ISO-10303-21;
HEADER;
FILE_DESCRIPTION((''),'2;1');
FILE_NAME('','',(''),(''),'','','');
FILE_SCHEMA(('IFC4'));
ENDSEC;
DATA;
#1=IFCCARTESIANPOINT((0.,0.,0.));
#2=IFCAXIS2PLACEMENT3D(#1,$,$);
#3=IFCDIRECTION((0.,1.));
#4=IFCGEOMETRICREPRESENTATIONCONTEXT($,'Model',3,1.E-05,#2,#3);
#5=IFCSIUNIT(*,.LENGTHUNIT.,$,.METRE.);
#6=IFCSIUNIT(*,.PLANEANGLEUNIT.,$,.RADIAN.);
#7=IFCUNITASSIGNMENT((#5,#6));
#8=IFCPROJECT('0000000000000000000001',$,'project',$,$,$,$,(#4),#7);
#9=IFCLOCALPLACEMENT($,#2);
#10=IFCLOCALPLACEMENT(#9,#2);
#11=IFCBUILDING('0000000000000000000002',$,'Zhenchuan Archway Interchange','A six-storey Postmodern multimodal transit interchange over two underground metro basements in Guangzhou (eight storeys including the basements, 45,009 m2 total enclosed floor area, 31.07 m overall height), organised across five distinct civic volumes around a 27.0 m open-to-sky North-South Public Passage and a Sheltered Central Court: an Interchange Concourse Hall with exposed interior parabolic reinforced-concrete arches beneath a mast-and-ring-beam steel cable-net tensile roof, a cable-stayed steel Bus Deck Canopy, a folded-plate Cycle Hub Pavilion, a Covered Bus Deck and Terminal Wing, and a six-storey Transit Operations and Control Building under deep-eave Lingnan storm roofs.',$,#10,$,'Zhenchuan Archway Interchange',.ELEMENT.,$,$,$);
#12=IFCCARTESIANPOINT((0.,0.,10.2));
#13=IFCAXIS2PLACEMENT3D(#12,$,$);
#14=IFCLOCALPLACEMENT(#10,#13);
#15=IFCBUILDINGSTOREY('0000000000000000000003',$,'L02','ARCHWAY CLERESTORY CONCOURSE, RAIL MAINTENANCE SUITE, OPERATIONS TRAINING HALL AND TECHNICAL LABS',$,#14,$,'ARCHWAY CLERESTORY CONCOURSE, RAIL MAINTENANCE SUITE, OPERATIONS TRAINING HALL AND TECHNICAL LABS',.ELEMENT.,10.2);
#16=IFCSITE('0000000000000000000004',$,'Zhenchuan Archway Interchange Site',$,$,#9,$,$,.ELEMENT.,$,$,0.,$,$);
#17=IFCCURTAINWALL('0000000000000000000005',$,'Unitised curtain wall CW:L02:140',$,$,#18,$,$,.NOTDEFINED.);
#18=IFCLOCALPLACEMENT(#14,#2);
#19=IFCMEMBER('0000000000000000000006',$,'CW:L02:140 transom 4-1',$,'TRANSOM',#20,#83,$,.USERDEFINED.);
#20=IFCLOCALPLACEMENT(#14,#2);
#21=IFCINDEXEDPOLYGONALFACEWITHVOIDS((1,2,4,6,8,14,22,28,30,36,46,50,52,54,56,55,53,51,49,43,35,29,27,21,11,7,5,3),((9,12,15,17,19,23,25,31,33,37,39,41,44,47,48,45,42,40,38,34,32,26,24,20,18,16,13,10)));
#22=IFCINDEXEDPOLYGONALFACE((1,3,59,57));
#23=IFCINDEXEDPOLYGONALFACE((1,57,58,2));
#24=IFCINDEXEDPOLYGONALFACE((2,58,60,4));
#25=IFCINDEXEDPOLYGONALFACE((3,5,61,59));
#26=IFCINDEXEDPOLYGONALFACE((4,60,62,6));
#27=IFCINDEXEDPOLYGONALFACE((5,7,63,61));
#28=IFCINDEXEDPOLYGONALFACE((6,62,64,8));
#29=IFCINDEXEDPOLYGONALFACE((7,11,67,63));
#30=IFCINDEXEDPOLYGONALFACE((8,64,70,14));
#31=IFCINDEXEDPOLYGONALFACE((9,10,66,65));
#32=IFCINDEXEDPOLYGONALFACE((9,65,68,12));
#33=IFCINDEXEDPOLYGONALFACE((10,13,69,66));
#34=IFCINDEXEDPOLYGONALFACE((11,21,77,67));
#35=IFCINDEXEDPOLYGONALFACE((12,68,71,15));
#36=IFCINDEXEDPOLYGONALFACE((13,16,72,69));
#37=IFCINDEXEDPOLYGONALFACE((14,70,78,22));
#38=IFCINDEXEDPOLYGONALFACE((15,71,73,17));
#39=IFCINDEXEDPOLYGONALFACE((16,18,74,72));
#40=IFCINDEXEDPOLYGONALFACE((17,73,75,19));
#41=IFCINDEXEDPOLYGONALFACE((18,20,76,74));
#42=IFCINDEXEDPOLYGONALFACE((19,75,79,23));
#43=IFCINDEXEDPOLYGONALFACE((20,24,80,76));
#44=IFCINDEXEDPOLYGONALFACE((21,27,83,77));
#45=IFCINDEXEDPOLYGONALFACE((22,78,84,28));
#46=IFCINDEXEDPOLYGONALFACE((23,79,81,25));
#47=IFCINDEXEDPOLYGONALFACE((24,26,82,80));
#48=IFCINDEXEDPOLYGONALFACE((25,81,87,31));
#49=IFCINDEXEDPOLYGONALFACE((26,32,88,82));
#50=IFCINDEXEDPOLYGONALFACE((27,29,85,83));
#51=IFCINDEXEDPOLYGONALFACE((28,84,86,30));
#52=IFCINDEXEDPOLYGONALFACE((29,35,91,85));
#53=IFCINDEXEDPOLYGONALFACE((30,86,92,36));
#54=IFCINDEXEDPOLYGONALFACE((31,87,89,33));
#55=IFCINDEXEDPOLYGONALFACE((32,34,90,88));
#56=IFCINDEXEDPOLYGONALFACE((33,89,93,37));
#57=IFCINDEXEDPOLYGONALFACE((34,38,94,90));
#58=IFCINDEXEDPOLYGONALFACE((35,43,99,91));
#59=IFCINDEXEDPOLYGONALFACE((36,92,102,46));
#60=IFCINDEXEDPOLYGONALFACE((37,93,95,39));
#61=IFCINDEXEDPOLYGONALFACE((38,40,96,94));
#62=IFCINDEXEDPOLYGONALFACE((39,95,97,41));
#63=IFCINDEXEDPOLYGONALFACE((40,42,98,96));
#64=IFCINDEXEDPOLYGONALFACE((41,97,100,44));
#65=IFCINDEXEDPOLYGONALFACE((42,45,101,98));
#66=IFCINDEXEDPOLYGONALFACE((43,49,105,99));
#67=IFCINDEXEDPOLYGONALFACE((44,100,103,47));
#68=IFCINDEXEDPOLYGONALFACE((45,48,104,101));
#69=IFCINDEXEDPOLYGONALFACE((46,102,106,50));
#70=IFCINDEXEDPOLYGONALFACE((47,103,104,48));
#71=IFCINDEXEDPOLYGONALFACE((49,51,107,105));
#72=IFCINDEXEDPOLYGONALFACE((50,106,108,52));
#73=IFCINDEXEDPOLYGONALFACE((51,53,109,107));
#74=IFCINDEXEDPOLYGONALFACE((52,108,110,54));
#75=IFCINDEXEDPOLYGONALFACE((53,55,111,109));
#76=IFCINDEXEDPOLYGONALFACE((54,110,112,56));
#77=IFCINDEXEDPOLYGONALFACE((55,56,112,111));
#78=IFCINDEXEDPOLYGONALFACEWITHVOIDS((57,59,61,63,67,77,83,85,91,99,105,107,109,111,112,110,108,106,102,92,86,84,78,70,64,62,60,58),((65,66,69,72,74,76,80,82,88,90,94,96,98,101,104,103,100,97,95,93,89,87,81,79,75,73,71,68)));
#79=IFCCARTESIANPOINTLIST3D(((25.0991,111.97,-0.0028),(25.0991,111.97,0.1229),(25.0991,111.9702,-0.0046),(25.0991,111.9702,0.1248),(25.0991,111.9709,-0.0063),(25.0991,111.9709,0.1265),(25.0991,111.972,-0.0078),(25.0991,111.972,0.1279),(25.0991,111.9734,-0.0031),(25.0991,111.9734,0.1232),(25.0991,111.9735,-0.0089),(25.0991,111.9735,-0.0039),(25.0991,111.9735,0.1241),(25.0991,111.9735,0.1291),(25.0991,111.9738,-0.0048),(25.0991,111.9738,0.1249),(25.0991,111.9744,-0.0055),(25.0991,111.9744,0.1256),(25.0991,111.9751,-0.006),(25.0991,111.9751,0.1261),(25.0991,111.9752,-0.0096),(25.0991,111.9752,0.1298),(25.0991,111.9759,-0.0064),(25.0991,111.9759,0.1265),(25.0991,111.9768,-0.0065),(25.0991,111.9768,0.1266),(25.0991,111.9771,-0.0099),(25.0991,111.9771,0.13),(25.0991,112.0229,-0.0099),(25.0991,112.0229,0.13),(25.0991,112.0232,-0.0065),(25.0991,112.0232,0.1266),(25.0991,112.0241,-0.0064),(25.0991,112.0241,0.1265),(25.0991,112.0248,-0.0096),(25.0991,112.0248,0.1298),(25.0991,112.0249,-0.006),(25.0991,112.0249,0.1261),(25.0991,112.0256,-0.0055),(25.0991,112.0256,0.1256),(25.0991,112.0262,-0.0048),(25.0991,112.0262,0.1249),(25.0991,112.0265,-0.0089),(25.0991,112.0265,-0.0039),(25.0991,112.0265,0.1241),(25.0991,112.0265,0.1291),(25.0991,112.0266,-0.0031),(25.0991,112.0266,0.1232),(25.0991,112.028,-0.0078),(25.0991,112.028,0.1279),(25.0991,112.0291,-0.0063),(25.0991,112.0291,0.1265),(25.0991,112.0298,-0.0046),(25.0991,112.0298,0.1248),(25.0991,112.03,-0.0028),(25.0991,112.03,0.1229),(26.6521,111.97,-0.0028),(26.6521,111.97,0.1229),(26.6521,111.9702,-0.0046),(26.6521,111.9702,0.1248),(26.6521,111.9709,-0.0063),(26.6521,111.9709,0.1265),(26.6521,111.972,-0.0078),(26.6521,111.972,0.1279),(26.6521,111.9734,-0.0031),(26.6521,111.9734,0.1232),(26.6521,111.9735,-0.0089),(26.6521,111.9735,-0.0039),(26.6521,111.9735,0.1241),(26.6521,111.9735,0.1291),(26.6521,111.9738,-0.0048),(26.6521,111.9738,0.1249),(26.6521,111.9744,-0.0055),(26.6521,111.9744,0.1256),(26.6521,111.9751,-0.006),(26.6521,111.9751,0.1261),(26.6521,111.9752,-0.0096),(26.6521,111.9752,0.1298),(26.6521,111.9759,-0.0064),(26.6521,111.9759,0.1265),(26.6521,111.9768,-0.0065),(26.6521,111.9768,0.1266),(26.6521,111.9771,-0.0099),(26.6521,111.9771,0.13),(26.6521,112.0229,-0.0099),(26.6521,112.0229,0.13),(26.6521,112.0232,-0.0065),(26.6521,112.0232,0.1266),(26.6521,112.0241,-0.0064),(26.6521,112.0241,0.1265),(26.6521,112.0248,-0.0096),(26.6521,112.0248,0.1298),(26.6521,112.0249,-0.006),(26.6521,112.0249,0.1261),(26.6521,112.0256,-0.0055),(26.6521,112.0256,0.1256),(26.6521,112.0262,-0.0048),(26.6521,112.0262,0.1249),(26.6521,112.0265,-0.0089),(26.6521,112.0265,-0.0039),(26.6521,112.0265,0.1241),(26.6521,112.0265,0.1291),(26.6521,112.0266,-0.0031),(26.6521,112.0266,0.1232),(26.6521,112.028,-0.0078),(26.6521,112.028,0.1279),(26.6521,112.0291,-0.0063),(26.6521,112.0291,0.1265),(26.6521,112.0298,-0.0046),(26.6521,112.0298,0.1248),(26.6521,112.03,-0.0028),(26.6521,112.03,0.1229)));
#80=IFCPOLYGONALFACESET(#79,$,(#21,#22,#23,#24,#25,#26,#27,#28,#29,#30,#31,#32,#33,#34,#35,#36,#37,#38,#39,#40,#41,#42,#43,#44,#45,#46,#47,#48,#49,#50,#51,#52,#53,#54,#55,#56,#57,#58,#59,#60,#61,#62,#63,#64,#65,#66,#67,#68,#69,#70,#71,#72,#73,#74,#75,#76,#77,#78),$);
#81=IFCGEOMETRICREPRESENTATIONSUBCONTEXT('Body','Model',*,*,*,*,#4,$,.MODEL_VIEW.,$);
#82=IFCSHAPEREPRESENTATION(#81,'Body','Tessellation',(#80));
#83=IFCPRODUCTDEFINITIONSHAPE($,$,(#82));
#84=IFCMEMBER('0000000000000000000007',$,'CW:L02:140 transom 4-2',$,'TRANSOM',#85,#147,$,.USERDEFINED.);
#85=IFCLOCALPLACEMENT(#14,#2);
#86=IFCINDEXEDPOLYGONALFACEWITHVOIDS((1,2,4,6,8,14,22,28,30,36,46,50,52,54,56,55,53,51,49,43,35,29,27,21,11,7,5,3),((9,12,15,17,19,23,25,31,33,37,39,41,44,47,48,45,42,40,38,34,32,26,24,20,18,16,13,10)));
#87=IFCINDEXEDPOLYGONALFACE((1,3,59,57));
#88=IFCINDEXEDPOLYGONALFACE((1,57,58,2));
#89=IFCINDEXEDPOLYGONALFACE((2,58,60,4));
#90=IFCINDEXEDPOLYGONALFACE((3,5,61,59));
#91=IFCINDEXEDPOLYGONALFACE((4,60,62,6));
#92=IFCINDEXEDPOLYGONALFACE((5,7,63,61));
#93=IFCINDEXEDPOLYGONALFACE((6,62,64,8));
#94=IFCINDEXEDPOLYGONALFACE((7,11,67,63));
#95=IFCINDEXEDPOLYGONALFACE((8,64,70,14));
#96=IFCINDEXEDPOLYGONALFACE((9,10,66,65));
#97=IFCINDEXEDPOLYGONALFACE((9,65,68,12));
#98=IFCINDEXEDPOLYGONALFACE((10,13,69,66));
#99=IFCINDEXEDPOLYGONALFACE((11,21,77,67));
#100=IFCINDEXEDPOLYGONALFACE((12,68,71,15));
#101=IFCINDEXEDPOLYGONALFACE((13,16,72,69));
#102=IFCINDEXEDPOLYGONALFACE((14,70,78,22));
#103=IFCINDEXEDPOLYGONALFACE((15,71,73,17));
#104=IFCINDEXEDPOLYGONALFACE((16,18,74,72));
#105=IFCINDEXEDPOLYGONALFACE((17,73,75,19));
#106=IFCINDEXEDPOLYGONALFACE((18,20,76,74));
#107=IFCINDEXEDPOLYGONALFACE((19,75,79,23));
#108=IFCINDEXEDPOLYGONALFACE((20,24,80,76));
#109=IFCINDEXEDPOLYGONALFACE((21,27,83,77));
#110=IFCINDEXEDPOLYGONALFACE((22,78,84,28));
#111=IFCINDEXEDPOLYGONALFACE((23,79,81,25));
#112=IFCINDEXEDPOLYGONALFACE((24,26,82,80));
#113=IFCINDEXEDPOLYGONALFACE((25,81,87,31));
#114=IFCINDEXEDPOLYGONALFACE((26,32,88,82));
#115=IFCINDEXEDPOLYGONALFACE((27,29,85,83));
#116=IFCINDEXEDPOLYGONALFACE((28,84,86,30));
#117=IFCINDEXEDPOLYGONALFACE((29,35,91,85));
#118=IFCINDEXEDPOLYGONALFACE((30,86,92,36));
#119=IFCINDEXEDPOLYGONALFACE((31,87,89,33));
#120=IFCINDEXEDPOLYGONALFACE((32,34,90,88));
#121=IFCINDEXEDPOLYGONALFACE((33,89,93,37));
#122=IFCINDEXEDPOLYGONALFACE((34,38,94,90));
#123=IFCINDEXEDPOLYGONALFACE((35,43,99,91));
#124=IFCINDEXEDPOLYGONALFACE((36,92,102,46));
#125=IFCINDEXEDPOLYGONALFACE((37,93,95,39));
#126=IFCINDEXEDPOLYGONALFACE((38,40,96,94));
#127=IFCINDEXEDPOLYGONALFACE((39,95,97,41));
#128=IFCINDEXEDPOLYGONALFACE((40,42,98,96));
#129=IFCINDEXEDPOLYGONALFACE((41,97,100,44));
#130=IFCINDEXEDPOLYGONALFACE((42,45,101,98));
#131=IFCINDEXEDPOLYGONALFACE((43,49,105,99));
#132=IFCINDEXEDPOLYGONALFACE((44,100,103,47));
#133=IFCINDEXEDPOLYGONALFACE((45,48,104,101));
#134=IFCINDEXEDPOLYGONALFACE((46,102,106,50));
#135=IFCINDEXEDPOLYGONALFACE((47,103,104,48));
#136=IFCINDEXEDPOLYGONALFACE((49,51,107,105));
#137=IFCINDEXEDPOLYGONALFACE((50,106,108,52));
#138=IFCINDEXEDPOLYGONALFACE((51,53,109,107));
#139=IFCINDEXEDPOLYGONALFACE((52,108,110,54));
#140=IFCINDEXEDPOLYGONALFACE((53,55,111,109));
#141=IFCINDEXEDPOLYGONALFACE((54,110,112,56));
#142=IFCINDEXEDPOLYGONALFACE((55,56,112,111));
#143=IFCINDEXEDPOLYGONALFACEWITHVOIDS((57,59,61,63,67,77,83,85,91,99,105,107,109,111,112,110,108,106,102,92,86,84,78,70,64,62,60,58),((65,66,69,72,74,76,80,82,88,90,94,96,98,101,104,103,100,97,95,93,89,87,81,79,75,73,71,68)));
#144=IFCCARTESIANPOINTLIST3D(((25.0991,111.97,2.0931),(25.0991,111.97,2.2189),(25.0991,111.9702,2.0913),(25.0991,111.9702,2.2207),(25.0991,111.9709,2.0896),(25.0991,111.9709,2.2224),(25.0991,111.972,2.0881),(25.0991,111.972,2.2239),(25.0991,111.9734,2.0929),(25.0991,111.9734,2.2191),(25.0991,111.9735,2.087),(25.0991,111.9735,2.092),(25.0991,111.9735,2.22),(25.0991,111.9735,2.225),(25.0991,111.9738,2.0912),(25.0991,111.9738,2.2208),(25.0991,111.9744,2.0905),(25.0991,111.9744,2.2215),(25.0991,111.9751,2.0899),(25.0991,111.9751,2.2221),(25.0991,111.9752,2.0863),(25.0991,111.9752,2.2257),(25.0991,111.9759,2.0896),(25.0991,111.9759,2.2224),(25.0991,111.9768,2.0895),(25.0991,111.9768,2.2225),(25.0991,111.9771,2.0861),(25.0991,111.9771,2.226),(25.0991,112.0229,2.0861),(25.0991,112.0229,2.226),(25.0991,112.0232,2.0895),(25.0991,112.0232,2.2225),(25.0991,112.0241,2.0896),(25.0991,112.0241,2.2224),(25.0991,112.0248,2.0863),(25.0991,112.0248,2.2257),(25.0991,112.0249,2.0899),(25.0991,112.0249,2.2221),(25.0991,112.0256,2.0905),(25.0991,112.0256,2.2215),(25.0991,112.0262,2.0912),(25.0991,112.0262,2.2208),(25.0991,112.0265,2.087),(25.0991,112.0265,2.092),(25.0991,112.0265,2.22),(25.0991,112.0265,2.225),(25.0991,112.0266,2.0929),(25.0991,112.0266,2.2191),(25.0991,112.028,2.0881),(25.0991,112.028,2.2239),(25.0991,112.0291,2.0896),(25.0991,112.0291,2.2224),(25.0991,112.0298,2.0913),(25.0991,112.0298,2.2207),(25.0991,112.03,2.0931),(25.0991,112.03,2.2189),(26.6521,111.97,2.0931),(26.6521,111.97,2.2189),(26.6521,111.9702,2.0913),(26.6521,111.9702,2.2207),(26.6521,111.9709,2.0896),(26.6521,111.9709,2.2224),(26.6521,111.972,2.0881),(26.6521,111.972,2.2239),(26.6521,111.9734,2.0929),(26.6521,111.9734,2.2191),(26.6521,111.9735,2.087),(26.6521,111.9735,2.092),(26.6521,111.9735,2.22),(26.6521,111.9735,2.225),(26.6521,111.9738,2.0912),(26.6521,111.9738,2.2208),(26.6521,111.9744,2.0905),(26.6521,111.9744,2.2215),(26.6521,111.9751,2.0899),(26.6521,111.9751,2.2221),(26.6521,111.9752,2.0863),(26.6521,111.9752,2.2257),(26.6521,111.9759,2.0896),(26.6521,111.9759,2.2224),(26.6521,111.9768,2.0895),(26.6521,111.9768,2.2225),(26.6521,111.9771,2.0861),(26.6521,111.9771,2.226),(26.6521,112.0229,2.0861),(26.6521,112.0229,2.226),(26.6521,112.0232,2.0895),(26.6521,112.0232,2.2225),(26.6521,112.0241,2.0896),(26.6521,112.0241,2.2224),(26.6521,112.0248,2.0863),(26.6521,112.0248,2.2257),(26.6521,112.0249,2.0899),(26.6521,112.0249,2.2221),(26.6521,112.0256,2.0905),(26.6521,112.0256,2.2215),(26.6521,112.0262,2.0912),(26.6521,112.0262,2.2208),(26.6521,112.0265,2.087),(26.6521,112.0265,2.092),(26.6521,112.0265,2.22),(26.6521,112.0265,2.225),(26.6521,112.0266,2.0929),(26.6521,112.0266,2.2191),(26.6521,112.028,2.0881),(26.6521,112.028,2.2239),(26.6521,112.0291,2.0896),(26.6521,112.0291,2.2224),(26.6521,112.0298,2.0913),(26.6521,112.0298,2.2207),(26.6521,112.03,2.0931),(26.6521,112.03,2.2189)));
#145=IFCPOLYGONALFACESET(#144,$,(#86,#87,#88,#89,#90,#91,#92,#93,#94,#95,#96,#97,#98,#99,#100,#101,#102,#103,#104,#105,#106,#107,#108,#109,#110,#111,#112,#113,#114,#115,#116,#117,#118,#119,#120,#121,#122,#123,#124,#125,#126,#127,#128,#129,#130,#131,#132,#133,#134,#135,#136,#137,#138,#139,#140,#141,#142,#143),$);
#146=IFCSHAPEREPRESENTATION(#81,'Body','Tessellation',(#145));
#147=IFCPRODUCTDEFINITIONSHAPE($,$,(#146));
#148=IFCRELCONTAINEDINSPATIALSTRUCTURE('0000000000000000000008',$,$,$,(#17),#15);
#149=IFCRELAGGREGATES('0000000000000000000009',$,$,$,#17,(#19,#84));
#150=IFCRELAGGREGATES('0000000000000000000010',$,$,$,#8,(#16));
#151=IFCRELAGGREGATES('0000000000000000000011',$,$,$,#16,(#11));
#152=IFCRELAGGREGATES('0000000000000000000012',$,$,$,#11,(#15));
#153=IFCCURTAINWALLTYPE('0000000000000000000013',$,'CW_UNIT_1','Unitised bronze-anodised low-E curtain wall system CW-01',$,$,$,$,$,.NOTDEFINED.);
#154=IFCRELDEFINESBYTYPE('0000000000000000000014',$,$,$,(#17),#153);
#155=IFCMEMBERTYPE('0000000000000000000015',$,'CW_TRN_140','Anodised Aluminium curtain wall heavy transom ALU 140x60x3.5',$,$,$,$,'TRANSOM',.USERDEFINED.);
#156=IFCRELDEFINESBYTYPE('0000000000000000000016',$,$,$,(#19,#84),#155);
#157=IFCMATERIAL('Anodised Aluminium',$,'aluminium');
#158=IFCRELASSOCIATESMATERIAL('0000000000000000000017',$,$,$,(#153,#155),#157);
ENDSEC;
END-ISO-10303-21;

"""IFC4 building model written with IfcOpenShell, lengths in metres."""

from ifc_helpers import new_model, si_unit, direction, frame, origin, origin_2d, place, context, subcontext, project, spatial, hollow_rectangle, extrude, material, material_profile, profile_set, type_object, element, aggregate, save


model = new_model("IFC4")

# Units and contexts
model_context = context("Model", 3, precision=1e-05, world=origin(), true_north=direction((0.0, 1.0)))
body_context = subcontext(model_context, "Body", "Model", "MODEL_VIEW")
ifc_project = project(units=[si_unit("LENGTHUNIT", "METRE"), si_unit("PLANEANGLEUNIT", "RADIAN")], contexts=[model_context])

# Site, building, storey
site_placement = place(None, origin())
site = spatial("IfcSite", under=ifc_project, at=site_placement, Name="Zhenchuan Archway Interchange Site", CompositionType="ELEMENT", RefElevation=0.0)
building_placement = place(site_placement, origin())
building = spatial("IfcBuilding", under=site, at=building_placement, Name="Zhenchuan Archway Interchange", Description="A six-storey Postmodern multimodal transit interchange over two underground metro basements in Guangzhou (eight storeys including the basements, 45,009 m2 total enclosed floor area, 31.07 m overall height), organised across five distinct civic volumes around a 27.0 m open-to-sky North-South Public Passage and a Sheltered Central Court: an Interchange Concourse Hall with exposed interior parabolic reinforced-concrete arches beneath a mast-and-ring-beam steel cable-net tensile roof, a cable-stayed steel Bus Deck Canopy, a folded-plate Cycle Hub Pavilion, a Covered Bus Deck and Terminal Wing, and a six-storey Transit Operations and Control Building under deep-eave Lingnan storm roofs.", LongName="Zhenchuan Archway Interchange", CompositionType="ELEMENT")
storey_placement = place(building_placement, frame((0.0, 0.0, 10.2)))
storey = spatial("IfcBuildingStorey", under=building, at=storey_placement, Name="L02", Description="ARCHWAY CLERESTORY CONCOURSE, RAIL MAINTENANCE SUITE, OPERATIONS TRAINING HALL AND TECHNICAL LABS", LongName="ARCHWAY CLERESTORY CONCOURSE, RAIL MAINTENANCE SUITE, OPERATIONS TRAINING HALL AND TECHNICAL LABS", CompositionType="ELEMENT", Elevation=10.2)

# Curtain wall
ifc_material_1 = material(Name="Anodised Aluminium", Category="aluminium")
curtain_wall_type_1 = type_object("IfcCurtainWallType", Name="CW_UNIT_1", Description="Unitised bronze-anodised low-E curtain wall system CW-01", PredefinedType="NOTDEFINED", material=ifc_material_1)
curtain_wall_1_placement = place(storey_placement, origin())
curtain_wall_1 = element("IfcCurtainWall", 1, at=curtain_wall_1_placement, inside=storey, type_object=curtain_wall_type_1, Name="Unitised curtain wall CW:L02:140", PredefinedType="NOTDEFINED")

# Members
ifc_material_profile_1 = material_profile(ifc_material_1, hollow_rectangle(XDim=0.0601, YDim=0.1399, WallThickness=0.0034, InnerFilletRadius=0.0034, OuterFilletRadius=0.0071, at=origin_2d()), Name="ALU 140x60x3.5")
ifc_profile_set_1 = profile_set([ifc_material_profile_1], Name="Anodised Aluminium")
member_type_1 = type_object("IfcMemberType", Name="CW_TRN_140", Description="Anodised Aluminium curtain wall heavy transom ALU 140x60x3.5", ElementType="TRANSOM", PredefinedType="USERDEFINED", material=ifc_profile_set_1)
member_1_placement = place(storey_placement, frame((25.0991, 112.0, 0.0601), z_axis=(1.0, 0.0, 0.0), x_axis=(0.0, 1.0, 0.0)))
member_1 = element("IfcMember", 2, at=member_1_placement, type_object=member_type_1, Name="CW:L02:140 transom 4-1", ObjectType="TRANSOM", PredefinedType="USERDEFINED", context=body_context, shape_type="SweptSolid", body=[
    extrude(hollow_rectangle(XDim=0.0601, YDim=0.1399, WallThickness=0.0034, InnerFilletRadius=0.0034, OuterFilletRadius=0.0071, at=origin_2d()), origin(), (0.0, 0.0, 1.0), 1.553),
])
member_2_placement = place(storey_placement, frame((25.0991, 112.0, 2.156), z_axis=(1.0, 0.0, 0.0), x_axis=(0.0, 1.0, 0.0)))
member_2 = element("IfcMember", 3, at=member_2_placement, type_object=member_type_1, Name="CW:L02:140 transom 4-2", ObjectType="TRANSOM", PredefinedType="USERDEFINED", context=body_context, shape_type="SweptSolid", body=[
    extrude(hollow_rectangle(XDim=0.0601, YDim=0.1399, WallThickness=0.0034, InnerFilletRadius=0.0034, OuterFilletRadius=0.0071, at=origin_2d()), origin(), (0.0, 0.0, 1.0), 1.553),
])

aggregate(curtain_wall_1, [member_1, member_2])

save(model, "model.ifc")
